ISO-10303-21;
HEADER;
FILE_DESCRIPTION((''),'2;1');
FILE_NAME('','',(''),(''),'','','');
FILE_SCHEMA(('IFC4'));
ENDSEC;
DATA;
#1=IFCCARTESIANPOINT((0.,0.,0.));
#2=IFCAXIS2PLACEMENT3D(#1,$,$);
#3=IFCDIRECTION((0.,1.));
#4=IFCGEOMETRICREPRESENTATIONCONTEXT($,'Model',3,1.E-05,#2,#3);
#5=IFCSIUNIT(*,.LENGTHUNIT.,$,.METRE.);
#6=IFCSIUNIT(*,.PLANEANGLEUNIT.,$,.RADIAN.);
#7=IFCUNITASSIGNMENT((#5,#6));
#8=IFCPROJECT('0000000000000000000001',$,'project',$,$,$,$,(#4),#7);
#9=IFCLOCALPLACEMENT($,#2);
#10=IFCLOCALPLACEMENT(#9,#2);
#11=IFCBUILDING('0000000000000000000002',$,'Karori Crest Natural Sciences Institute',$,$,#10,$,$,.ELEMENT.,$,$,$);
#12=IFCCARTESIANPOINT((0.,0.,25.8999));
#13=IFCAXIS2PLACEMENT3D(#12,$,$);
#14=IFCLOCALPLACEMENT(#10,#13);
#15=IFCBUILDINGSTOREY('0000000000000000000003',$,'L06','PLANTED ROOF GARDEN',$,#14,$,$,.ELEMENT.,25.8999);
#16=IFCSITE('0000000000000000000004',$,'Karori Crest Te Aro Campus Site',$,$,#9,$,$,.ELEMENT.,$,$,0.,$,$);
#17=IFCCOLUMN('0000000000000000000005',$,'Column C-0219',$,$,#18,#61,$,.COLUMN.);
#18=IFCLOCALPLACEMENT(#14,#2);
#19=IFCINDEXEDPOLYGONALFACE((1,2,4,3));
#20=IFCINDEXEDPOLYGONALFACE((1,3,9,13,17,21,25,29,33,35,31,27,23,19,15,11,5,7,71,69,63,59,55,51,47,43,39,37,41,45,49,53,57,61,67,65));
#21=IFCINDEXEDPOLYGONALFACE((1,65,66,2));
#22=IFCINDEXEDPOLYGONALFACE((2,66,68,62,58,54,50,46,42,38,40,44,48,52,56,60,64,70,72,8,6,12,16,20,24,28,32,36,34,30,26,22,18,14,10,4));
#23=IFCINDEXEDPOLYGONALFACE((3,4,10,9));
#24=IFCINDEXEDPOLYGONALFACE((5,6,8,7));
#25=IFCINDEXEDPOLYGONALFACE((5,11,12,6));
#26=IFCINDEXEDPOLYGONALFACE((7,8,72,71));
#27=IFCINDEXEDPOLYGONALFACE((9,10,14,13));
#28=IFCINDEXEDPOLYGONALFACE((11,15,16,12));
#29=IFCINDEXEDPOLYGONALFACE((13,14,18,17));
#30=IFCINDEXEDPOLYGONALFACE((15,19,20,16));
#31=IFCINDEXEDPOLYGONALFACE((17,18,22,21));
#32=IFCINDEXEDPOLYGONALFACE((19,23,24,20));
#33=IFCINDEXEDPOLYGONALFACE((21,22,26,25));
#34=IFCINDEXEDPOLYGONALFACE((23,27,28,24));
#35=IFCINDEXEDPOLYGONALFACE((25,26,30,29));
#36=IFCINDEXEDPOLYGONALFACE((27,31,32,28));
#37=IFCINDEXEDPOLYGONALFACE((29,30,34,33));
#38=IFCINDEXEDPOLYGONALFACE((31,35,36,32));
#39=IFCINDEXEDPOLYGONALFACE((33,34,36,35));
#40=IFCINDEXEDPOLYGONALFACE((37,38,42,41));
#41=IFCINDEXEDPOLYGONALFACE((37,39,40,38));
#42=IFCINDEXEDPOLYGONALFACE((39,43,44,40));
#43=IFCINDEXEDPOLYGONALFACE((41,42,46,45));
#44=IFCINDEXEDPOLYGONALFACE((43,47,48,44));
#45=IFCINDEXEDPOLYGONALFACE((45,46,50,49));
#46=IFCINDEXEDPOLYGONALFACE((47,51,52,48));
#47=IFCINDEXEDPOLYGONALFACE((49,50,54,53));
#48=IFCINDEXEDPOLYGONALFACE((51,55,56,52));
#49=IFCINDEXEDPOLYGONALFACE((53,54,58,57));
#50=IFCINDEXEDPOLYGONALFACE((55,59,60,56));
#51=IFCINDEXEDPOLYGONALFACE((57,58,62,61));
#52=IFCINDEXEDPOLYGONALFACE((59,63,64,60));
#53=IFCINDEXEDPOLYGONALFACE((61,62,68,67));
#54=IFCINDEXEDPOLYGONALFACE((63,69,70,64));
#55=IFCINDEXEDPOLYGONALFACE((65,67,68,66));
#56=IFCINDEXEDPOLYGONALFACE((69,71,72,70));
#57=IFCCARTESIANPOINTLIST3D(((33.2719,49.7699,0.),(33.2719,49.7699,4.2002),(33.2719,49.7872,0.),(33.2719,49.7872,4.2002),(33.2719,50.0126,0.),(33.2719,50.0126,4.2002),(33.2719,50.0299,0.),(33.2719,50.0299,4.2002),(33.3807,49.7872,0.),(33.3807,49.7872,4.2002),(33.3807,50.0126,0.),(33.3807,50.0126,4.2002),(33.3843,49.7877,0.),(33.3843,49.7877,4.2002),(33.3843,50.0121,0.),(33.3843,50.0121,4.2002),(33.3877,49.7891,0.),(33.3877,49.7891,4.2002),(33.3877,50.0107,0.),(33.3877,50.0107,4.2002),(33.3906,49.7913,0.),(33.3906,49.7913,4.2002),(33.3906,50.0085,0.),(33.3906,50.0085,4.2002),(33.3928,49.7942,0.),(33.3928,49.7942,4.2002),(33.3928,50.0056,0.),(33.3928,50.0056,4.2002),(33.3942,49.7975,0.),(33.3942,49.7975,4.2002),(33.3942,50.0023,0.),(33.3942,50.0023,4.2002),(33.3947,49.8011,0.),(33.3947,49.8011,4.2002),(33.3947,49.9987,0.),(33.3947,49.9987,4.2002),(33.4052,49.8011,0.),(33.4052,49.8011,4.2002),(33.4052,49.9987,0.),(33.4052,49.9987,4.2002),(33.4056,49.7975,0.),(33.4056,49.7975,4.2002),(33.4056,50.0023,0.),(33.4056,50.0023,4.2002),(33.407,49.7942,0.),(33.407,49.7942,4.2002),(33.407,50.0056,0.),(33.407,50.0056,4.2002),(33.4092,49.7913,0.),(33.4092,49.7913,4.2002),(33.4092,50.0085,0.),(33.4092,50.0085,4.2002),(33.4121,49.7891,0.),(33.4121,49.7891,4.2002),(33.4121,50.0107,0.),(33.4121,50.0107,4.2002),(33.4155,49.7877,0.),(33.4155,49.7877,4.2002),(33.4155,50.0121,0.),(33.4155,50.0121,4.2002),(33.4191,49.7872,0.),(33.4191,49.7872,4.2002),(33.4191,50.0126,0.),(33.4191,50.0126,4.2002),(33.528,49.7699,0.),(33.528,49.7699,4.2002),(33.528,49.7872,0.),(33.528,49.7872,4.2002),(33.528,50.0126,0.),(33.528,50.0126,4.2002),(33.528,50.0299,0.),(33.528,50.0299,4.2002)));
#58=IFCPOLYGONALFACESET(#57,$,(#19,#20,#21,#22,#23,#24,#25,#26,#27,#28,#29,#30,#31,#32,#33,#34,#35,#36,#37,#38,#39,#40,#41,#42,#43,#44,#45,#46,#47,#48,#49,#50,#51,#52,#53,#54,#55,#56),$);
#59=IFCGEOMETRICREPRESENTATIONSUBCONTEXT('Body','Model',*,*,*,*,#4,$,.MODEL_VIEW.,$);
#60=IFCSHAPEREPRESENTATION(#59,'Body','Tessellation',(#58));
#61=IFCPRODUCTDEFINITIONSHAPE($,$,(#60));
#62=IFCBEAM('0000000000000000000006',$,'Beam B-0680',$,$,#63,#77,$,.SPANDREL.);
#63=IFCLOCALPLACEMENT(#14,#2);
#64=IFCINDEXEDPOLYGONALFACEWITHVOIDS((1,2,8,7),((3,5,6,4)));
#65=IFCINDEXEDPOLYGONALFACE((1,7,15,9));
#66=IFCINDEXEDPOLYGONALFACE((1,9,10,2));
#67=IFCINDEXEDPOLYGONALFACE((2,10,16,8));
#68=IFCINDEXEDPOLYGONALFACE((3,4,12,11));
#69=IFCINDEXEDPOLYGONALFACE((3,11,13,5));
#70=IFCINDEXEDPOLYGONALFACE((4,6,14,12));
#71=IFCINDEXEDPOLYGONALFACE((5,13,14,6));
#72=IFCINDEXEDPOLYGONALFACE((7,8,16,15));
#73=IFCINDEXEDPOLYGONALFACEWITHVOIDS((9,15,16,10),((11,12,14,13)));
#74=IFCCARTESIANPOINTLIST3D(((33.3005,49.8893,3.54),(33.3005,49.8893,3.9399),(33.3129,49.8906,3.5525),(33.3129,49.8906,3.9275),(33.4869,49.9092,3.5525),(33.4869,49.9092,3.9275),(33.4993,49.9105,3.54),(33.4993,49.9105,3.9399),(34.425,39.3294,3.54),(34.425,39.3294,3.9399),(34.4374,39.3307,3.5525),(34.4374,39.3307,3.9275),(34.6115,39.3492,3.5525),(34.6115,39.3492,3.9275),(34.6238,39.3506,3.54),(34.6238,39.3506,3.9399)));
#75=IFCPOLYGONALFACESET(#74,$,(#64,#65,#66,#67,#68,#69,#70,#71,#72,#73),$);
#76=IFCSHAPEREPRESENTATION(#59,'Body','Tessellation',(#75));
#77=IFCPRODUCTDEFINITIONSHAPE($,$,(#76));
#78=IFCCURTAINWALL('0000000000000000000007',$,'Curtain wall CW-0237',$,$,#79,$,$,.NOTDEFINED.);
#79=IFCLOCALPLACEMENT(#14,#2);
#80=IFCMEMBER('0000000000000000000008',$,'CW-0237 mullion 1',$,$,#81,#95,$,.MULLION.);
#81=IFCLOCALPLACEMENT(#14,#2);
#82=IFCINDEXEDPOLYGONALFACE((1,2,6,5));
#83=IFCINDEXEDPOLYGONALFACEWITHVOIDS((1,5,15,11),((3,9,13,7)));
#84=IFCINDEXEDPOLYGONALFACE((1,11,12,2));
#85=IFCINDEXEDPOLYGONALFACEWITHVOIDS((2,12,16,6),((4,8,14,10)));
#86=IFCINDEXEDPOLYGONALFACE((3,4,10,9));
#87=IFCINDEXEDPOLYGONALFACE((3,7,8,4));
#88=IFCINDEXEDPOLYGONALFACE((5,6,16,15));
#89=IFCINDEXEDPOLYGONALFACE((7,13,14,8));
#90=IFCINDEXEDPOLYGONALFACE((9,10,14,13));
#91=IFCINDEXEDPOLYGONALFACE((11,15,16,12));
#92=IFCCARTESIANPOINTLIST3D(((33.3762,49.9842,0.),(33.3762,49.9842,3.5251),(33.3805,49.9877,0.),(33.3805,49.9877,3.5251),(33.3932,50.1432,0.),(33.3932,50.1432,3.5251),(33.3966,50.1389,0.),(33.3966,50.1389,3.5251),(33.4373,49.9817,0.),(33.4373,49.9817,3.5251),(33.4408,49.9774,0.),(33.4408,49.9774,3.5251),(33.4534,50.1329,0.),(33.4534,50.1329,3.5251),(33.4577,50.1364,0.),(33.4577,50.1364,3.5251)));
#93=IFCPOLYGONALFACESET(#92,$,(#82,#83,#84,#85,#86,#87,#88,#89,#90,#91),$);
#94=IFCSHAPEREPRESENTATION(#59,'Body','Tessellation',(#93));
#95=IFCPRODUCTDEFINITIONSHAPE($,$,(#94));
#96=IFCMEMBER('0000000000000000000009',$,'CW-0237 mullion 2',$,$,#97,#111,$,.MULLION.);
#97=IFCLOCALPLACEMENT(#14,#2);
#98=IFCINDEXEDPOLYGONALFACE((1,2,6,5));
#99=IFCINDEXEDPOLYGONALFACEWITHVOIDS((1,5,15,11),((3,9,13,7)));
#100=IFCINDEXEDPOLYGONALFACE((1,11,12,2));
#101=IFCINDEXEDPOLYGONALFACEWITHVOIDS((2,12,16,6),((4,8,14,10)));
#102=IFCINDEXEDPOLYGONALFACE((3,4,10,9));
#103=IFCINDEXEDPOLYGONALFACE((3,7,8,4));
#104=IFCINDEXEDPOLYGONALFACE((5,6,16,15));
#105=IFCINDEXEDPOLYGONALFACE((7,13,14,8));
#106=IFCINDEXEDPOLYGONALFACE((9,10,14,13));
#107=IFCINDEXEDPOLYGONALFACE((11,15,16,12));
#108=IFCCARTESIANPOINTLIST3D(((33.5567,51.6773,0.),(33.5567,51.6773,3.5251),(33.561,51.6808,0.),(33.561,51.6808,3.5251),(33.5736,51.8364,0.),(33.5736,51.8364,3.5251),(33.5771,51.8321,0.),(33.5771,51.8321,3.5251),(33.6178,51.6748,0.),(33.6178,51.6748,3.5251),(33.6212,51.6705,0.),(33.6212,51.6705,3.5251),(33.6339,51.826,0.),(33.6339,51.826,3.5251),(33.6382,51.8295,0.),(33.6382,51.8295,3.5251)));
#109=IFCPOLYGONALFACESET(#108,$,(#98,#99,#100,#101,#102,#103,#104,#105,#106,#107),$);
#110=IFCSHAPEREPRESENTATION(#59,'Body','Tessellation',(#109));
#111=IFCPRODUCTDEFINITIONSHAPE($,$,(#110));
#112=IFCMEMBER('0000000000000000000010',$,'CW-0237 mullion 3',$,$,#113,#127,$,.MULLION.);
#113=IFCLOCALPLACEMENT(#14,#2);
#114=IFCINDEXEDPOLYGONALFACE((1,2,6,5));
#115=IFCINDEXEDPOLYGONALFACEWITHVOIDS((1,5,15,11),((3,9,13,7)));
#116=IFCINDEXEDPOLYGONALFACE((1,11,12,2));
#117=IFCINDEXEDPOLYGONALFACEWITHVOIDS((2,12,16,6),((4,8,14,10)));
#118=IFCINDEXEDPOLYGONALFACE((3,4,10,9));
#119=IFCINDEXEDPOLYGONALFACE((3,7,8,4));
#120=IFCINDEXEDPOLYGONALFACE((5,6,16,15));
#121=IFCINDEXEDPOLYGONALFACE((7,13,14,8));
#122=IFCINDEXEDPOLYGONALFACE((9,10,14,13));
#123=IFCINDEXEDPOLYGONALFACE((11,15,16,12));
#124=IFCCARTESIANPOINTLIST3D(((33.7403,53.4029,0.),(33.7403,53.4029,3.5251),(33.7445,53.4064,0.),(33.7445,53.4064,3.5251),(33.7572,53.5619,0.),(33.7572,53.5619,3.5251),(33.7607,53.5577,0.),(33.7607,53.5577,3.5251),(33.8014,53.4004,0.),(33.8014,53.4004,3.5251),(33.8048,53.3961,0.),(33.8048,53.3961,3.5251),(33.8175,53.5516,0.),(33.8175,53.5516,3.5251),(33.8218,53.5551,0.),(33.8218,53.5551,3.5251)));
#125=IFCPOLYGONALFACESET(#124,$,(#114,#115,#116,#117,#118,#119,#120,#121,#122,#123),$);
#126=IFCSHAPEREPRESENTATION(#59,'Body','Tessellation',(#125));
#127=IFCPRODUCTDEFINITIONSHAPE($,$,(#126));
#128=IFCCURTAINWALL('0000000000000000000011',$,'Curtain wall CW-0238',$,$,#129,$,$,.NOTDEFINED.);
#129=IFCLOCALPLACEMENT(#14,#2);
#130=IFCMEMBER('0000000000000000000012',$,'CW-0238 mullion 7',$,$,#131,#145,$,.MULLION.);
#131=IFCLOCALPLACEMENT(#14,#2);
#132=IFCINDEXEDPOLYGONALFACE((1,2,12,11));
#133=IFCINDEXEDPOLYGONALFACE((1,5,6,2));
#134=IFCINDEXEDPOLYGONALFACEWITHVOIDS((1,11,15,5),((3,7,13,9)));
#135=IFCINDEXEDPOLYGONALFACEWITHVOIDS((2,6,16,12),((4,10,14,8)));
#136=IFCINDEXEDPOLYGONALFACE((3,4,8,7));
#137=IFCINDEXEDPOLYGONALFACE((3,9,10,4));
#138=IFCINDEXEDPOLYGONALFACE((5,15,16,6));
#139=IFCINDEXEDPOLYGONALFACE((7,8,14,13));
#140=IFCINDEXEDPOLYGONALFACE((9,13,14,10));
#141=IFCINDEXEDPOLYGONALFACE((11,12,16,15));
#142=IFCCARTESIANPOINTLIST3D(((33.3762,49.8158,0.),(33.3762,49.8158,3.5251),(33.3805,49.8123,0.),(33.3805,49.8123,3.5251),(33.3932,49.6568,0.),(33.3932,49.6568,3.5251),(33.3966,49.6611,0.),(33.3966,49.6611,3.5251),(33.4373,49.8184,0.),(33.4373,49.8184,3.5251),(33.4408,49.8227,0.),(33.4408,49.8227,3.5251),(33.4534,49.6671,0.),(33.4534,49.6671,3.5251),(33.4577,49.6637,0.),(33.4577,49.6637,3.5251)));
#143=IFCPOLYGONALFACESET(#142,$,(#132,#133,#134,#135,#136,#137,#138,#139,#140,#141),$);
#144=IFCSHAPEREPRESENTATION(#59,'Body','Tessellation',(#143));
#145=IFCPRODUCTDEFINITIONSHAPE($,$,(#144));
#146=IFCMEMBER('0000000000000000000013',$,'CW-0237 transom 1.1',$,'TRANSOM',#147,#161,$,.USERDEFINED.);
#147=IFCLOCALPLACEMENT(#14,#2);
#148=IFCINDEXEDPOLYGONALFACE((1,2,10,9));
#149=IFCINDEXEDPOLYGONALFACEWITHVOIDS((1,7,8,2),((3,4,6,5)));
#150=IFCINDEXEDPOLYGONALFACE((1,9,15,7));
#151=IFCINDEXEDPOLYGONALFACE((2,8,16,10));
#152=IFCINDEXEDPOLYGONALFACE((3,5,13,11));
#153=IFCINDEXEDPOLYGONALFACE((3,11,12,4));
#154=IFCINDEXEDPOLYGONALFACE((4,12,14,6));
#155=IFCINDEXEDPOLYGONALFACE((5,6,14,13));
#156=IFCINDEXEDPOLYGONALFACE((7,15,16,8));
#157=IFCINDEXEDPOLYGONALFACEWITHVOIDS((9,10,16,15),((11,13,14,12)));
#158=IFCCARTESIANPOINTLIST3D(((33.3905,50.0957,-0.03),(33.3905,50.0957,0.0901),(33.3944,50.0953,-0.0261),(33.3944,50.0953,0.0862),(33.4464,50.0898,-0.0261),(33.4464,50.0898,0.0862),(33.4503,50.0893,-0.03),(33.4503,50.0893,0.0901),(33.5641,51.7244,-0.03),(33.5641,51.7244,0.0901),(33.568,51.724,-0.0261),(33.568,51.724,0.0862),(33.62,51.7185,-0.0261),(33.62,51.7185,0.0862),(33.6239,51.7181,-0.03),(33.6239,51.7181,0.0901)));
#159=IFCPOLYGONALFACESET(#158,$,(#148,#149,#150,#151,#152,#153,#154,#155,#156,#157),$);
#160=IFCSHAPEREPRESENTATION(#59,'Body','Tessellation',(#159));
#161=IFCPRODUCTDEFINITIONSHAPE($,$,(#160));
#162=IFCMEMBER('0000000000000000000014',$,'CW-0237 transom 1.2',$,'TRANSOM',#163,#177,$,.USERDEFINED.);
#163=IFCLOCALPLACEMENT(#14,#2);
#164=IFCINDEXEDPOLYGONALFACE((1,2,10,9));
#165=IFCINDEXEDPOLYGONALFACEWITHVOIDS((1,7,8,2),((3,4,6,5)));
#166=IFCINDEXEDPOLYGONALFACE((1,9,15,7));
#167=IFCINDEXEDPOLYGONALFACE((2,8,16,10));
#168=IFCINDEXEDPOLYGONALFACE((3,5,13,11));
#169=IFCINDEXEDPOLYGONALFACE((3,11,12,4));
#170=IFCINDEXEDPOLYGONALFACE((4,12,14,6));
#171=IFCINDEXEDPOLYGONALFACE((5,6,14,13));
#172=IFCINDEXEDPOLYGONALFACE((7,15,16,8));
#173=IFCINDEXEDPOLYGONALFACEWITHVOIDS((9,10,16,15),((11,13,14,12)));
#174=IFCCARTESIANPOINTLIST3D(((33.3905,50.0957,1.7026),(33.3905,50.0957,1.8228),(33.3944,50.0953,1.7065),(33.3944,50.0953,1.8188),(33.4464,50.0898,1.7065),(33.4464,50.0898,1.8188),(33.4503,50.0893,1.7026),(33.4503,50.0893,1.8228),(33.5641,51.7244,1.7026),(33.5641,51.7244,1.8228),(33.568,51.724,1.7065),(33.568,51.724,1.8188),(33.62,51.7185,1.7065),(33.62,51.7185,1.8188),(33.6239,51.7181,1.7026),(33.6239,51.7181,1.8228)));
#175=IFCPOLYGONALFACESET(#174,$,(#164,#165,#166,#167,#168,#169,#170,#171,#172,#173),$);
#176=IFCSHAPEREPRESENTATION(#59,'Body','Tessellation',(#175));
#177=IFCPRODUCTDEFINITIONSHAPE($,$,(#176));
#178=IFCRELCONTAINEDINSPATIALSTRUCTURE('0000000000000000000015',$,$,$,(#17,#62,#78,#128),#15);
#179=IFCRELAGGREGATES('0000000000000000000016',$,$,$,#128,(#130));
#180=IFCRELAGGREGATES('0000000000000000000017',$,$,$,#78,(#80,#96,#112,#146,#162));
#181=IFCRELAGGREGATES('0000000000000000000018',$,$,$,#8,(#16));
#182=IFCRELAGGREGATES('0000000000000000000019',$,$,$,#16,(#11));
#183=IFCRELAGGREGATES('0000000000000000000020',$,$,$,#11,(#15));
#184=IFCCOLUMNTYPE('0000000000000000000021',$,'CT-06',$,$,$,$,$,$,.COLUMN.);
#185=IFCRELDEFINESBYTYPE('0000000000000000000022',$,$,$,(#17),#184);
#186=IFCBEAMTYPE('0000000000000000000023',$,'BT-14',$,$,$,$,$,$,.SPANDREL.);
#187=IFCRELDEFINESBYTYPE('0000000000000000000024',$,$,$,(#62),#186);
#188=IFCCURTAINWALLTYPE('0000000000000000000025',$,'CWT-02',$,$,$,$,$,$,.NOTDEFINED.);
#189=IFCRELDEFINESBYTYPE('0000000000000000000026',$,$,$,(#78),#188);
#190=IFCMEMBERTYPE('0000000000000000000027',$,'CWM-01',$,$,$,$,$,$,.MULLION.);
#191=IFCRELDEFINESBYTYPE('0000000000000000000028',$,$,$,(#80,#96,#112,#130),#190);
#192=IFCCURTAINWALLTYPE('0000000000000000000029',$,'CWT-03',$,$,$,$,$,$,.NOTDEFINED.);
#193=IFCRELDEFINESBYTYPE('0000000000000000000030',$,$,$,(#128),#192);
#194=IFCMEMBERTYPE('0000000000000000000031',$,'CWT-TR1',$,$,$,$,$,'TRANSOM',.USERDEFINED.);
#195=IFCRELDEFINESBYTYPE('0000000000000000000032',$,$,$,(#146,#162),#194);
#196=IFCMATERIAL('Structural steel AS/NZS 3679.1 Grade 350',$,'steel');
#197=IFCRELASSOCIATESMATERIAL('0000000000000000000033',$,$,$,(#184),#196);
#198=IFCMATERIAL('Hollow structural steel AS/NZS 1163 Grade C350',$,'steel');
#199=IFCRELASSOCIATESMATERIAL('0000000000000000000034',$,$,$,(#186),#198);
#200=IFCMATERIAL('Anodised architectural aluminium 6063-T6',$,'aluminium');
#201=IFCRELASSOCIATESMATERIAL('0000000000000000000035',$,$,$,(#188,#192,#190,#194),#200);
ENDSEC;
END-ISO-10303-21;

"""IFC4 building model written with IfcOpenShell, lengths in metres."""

from ifc_helpers import new_model, si_unit, direction, frame, origin, origin_2d, place, context, subcontext, project, spatial, hollow_rectangle, i_section, extrude, material, material_profile, profile_set, type_object, element, aggregate, save


model = new_model("IFC4")

# Units and contexts
model_context = context("Model", 3, precision=1e-05, world=origin(), true_north=direction((0.0, 1.0)))
body_context = subcontext(model_context, "Body", "Model", "MODEL_VIEW")
ifc_project = project(units=[si_unit("LENGTHUNIT", "METRE"), si_unit("PLANEANGLEUNIT", "RADIAN")], contexts=[model_context])

# Site, building, storey
site_placement = place(None, origin())
site = spatial("IfcSite", under=ifc_project, at=site_placement, Name="Karori Crest Te Aro Campus Site", CompositionType="ELEMENT", RefElevation=0.0)
building_placement = place(site_placement, origin())
building = spatial("IfcBuilding", under=site, at=building_placement, Name="Karori Crest Natural Sciences Institute", CompositionType="ELEMENT")
storey_placement = place(building_placement, frame((0.0, 0.0, 25.8999)))
storey = spatial("IfcBuildingStorey", under=building, at=storey_placement, Name="L06", Description="PLANTED ROOF GARDEN", CompositionType="ELEMENT", Elevation=25.8999)

# Column
ifc_material_1 = material(Name="Structural steel AS/NZS 3679.1 Grade 350", Category="steel")
ifc_material_profile_1 = material_profile(ifc_material_1, i_section(OverallWidth=0.2561, OverallDepth=0.26, WebThickness=0.0105, FlangeThickness=0.0173, FilletRadius=0.0139, at=origin_2d()), Name="250UC89.5")
ifc_profile_set_1 = profile_set([ifc_material_profile_1], Name="Structural steel AS/NZS 3679.1 Grade 350")
column_type = type_object("IfcColumnType", Name="CT-06", PredefinedType="COLUMN", material=ifc_profile_set_1)
column_placement = place(storey_placement, frame((33.3999, 49.8999, 0.0), z_axis=(0.0, 0.0, 1.0), x_axis=(1.0, 0.0, 0.0)))
element("IfcColumn", 1, at=column_placement, inside=storey, type_object=column_type, Name="Column C-0219", PredefinedType="COLUMN", context=body_context, shape_type="SweptSolid", body=[
    extrude(i_section(OverallWidth=0.2561, OverallDepth=0.26, WebThickness=0.0105, FlangeThickness=0.0173, FilletRadius=0.0139, at=origin_2d()), origin(), (0.0, 0.0, 1.0), 4.2002),
])

# Beam
ifc_material_2 = material(Name="Hollow structural steel AS/NZS 1163 Grade C350", Category="steel")
ifc_material_profile_2 = material_profile(ifc_material_2, hollow_rectangle(XDim=0.2, YDim=0.3999, WallThickness=0.0125, at=origin_2d()), Name="RHS400x200x12.5")
ifc_profile_set_2 = profile_set([ifc_material_profile_2], Name="Hollow structural steel AS/NZS 1163 Grade C350")
beam_type = type_object("IfcBeamType", Name="BT-14", PredefinedType="SPANDREL", material=ifc_profile_set_2)
beam_placement = place(storey_placement, frame((33.3999, 49.8999, 3.74), z_axis=(0.105891, -0.994378, 0.0), x_axis=(0.994378, 0.105891, 0.0)))
element("IfcBeam", 2, at=beam_placement, inside=storey, type_object=beam_type, Name="Beam B-0680", PredefinedType="SPANDREL", context=body_context, shape_type="SweptSolid", body=[
    extrude(hollow_rectangle(XDim=0.2, YDim=0.3999, WallThickness=0.0125, at=origin_2d()), origin(), (0.0, 0.0, 1.0), 10.6196),
])

# Curtain wall, members
ifc_material_3 = material(Name="Anodised architectural aluminium 6063-T6", Category="aluminium")
curtain_wall_type_1 = type_object("IfcCurtainWallType", Name="CWT-02", PredefinedType="NOTDEFINED", material=ifc_material_3)
curtain_wall_1_placement = place(storey_placement, origin())
curtain_wall_1 = element("IfcCurtainWall", 3, at=curtain_wall_1_placement, inside=storey, type_object=curtain_wall_type_1, Name="Curtain wall CW-0237", PredefinedType="NOTDEFINED")
ifc_material_profile_3 = material_profile(ifc_material_3, hollow_rectangle(XDim=0.0649, YDim=0.1599, WallThickness=0.0039, at=origin_2d()), Name="CWM160x65x4")
ifc_profile_set_3 = profile_set([ifc_material_profile_3], Name="Anodised architectural aluminium 6063-T6")
member_type_1 = type_object("IfcMemberType", Name="CWM-01", PredefinedType="MULLION", material=ifc_profile_set_3)
member_1_placement = place(storey_placement, frame((33.417, 50.0603, 0.0), z_axis=(0.0, 0.0, 1.0), x_axis=(-0.994378, 0.105886, 0.0)))
member_1 = element("IfcMember", 4, at=member_1_placement, type_object=member_type_1, Name="CW-0237 mullion 1", PredefinedType="MULLION", context=body_context, shape_type="SweptSolid", body=[
    extrude(hollow_rectangle(XDim=0.0649, YDim=0.1599, WallThickness=0.0039, at=origin_2d()), origin(), (0.0, 0.0, 1.0), 3.5251),
])
member_2_placement = place(storey_placement, frame((33.5974, 51.7534, 0.0), z_axis=(0.0, 0.0, 1.0), x_axis=(-0.994378, 0.105886, 0.0)))
member_2 = element("IfcMember", 5, at=member_2_placement, type_object=member_type_1, Name="CW-0237 mullion 2", PredefinedType="MULLION", context=body_context, shape_type="SweptSolid", body=[
    extrude(hollow_rectangle(XDim=0.0649, YDim=0.1599, WallThickness=0.0039, at=origin_2d()), origin(), (0.0, 0.0, 1.0), 3.5251),
])
member_3_placement = place(storey_placement, frame((33.781, 53.479, 0.0), z_axis=(0.0, 0.0, 1.0), x_axis=(-0.994378, 0.105886, 0.0)))
member_3 = element("IfcMember", 6, at=member_3_placement, type_object=member_type_1, Name="CW-0237 mullion 3", PredefinedType="MULLION", context=body_context, shape_type="SweptSolid", body=[
    extrude(hollow_rectangle(XDim=0.0649, YDim=0.1599, WallThickness=0.0039, at=origin_2d()), origin(), (0.0, 0.0, 1.0), 3.5251),
])

# Curtain wall, member
curtain_wall_type_2 = type_object("IfcCurtainWallType", Name="CWT-03", PredefinedType="NOTDEFINED", material=ifc_material_3)
curtain_wall_2_placement = place(storey_placement, origin())
curtain_wall_2 = element("IfcCurtainWall", 7, at=curtain_wall_2_placement, inside=storey, type_object=curtain_wall_type_2, Name="Curtain wall CW-0238", PredefinedType="NOTDEFINED")
member_4_placement = place(storey_placement, frame((33.417, 49.7397, 0.0), z_axis=(0.0, 0.0, 1.0), x_axis=(-0.994378, -0.105884, 0.0)))
member_4 = element("IfcMember", 8, at=member_4_placement, type_object=member_type_1, Name="CW-0238 mullion 7", PredefinedType="MULLION", context=body_context, shape_type="SweptSolid", body=[
    extrude(hollow_rectangle(XDim=0.0649, YDim=0.1599, WallThickness=0.0039, at=origin_2d()), origin(), (0.0, 0.0, 1.0), 3.5251),
])
aggregate(curtain_wall_2, [member_4])

# Members
ifc_material_profile_4 = material_profile(ifc_material_3, hollow_rectangle(XDim=0.0601, YDim=0.1201, WallThickness=0.0039, at=origin_2d()), Name="CWT120x60x4")
ifc_profile_set_4 = profile_set([ifc_material_profile_4], Name="Anodised architectural aluminium 6063-T6")
member_type_2 = type_object("IfcMemberType", Name="CWT-TR1", ElementType="TRANSOM", PredefinedType="USERDEFINED", material=ifc_profile_set_4)
member_5_placement = place(storey_placement, frame((33.4204, 50.0925, 0.03), z_axis=(0.10598, 0.994368, 0.0), x_axis=(-0.994368, 0.10598, 0.0)))
member_5 = element("IfcMember", 9, at=member_5_placement, type_object=member_type_2, Name="CW-0237 transom 1.1", ObjectType="TRANSOM", PredefinedType="USERDEFINED", context=body_context, shape_type="SweptSolid", body=[
    extrude(hollow_rectangle(XDim=0.0601, YDim=0.1201, WallThickness=0.0039, at=origin_2d()), origin(), (0.0, 0.0, 1.0), 1.6379),
])
member_6_placement = place(storey_placement, frame((33.4204, 50.0925, 1.7627), z_axis=(0.10598, 0.994368, 0.0), x_axis=(-0.994368, 0.10598, 0.0)))
member_6 = element("IfcMember", 10, at=member_6_placement, type_object=member_type_2, Name="CW-0237 transom 1.2", ObjectType="TRANSOM", PredefinedType="USERDEFINED", context=body_context, shape_type="SweptSolid", body=[
    extrude(hollow_rectangle(XDim=0.0601, YDim=0.1201, WallThickness=0.0039, at=origin_2d()), origin(), (0.0, 0.0, 1.0), 1.6379),
])

aggregate(curtain_wall_1, [member_1, member_2, member_3, member_5, member_6])

save(model, "model.ifc")
